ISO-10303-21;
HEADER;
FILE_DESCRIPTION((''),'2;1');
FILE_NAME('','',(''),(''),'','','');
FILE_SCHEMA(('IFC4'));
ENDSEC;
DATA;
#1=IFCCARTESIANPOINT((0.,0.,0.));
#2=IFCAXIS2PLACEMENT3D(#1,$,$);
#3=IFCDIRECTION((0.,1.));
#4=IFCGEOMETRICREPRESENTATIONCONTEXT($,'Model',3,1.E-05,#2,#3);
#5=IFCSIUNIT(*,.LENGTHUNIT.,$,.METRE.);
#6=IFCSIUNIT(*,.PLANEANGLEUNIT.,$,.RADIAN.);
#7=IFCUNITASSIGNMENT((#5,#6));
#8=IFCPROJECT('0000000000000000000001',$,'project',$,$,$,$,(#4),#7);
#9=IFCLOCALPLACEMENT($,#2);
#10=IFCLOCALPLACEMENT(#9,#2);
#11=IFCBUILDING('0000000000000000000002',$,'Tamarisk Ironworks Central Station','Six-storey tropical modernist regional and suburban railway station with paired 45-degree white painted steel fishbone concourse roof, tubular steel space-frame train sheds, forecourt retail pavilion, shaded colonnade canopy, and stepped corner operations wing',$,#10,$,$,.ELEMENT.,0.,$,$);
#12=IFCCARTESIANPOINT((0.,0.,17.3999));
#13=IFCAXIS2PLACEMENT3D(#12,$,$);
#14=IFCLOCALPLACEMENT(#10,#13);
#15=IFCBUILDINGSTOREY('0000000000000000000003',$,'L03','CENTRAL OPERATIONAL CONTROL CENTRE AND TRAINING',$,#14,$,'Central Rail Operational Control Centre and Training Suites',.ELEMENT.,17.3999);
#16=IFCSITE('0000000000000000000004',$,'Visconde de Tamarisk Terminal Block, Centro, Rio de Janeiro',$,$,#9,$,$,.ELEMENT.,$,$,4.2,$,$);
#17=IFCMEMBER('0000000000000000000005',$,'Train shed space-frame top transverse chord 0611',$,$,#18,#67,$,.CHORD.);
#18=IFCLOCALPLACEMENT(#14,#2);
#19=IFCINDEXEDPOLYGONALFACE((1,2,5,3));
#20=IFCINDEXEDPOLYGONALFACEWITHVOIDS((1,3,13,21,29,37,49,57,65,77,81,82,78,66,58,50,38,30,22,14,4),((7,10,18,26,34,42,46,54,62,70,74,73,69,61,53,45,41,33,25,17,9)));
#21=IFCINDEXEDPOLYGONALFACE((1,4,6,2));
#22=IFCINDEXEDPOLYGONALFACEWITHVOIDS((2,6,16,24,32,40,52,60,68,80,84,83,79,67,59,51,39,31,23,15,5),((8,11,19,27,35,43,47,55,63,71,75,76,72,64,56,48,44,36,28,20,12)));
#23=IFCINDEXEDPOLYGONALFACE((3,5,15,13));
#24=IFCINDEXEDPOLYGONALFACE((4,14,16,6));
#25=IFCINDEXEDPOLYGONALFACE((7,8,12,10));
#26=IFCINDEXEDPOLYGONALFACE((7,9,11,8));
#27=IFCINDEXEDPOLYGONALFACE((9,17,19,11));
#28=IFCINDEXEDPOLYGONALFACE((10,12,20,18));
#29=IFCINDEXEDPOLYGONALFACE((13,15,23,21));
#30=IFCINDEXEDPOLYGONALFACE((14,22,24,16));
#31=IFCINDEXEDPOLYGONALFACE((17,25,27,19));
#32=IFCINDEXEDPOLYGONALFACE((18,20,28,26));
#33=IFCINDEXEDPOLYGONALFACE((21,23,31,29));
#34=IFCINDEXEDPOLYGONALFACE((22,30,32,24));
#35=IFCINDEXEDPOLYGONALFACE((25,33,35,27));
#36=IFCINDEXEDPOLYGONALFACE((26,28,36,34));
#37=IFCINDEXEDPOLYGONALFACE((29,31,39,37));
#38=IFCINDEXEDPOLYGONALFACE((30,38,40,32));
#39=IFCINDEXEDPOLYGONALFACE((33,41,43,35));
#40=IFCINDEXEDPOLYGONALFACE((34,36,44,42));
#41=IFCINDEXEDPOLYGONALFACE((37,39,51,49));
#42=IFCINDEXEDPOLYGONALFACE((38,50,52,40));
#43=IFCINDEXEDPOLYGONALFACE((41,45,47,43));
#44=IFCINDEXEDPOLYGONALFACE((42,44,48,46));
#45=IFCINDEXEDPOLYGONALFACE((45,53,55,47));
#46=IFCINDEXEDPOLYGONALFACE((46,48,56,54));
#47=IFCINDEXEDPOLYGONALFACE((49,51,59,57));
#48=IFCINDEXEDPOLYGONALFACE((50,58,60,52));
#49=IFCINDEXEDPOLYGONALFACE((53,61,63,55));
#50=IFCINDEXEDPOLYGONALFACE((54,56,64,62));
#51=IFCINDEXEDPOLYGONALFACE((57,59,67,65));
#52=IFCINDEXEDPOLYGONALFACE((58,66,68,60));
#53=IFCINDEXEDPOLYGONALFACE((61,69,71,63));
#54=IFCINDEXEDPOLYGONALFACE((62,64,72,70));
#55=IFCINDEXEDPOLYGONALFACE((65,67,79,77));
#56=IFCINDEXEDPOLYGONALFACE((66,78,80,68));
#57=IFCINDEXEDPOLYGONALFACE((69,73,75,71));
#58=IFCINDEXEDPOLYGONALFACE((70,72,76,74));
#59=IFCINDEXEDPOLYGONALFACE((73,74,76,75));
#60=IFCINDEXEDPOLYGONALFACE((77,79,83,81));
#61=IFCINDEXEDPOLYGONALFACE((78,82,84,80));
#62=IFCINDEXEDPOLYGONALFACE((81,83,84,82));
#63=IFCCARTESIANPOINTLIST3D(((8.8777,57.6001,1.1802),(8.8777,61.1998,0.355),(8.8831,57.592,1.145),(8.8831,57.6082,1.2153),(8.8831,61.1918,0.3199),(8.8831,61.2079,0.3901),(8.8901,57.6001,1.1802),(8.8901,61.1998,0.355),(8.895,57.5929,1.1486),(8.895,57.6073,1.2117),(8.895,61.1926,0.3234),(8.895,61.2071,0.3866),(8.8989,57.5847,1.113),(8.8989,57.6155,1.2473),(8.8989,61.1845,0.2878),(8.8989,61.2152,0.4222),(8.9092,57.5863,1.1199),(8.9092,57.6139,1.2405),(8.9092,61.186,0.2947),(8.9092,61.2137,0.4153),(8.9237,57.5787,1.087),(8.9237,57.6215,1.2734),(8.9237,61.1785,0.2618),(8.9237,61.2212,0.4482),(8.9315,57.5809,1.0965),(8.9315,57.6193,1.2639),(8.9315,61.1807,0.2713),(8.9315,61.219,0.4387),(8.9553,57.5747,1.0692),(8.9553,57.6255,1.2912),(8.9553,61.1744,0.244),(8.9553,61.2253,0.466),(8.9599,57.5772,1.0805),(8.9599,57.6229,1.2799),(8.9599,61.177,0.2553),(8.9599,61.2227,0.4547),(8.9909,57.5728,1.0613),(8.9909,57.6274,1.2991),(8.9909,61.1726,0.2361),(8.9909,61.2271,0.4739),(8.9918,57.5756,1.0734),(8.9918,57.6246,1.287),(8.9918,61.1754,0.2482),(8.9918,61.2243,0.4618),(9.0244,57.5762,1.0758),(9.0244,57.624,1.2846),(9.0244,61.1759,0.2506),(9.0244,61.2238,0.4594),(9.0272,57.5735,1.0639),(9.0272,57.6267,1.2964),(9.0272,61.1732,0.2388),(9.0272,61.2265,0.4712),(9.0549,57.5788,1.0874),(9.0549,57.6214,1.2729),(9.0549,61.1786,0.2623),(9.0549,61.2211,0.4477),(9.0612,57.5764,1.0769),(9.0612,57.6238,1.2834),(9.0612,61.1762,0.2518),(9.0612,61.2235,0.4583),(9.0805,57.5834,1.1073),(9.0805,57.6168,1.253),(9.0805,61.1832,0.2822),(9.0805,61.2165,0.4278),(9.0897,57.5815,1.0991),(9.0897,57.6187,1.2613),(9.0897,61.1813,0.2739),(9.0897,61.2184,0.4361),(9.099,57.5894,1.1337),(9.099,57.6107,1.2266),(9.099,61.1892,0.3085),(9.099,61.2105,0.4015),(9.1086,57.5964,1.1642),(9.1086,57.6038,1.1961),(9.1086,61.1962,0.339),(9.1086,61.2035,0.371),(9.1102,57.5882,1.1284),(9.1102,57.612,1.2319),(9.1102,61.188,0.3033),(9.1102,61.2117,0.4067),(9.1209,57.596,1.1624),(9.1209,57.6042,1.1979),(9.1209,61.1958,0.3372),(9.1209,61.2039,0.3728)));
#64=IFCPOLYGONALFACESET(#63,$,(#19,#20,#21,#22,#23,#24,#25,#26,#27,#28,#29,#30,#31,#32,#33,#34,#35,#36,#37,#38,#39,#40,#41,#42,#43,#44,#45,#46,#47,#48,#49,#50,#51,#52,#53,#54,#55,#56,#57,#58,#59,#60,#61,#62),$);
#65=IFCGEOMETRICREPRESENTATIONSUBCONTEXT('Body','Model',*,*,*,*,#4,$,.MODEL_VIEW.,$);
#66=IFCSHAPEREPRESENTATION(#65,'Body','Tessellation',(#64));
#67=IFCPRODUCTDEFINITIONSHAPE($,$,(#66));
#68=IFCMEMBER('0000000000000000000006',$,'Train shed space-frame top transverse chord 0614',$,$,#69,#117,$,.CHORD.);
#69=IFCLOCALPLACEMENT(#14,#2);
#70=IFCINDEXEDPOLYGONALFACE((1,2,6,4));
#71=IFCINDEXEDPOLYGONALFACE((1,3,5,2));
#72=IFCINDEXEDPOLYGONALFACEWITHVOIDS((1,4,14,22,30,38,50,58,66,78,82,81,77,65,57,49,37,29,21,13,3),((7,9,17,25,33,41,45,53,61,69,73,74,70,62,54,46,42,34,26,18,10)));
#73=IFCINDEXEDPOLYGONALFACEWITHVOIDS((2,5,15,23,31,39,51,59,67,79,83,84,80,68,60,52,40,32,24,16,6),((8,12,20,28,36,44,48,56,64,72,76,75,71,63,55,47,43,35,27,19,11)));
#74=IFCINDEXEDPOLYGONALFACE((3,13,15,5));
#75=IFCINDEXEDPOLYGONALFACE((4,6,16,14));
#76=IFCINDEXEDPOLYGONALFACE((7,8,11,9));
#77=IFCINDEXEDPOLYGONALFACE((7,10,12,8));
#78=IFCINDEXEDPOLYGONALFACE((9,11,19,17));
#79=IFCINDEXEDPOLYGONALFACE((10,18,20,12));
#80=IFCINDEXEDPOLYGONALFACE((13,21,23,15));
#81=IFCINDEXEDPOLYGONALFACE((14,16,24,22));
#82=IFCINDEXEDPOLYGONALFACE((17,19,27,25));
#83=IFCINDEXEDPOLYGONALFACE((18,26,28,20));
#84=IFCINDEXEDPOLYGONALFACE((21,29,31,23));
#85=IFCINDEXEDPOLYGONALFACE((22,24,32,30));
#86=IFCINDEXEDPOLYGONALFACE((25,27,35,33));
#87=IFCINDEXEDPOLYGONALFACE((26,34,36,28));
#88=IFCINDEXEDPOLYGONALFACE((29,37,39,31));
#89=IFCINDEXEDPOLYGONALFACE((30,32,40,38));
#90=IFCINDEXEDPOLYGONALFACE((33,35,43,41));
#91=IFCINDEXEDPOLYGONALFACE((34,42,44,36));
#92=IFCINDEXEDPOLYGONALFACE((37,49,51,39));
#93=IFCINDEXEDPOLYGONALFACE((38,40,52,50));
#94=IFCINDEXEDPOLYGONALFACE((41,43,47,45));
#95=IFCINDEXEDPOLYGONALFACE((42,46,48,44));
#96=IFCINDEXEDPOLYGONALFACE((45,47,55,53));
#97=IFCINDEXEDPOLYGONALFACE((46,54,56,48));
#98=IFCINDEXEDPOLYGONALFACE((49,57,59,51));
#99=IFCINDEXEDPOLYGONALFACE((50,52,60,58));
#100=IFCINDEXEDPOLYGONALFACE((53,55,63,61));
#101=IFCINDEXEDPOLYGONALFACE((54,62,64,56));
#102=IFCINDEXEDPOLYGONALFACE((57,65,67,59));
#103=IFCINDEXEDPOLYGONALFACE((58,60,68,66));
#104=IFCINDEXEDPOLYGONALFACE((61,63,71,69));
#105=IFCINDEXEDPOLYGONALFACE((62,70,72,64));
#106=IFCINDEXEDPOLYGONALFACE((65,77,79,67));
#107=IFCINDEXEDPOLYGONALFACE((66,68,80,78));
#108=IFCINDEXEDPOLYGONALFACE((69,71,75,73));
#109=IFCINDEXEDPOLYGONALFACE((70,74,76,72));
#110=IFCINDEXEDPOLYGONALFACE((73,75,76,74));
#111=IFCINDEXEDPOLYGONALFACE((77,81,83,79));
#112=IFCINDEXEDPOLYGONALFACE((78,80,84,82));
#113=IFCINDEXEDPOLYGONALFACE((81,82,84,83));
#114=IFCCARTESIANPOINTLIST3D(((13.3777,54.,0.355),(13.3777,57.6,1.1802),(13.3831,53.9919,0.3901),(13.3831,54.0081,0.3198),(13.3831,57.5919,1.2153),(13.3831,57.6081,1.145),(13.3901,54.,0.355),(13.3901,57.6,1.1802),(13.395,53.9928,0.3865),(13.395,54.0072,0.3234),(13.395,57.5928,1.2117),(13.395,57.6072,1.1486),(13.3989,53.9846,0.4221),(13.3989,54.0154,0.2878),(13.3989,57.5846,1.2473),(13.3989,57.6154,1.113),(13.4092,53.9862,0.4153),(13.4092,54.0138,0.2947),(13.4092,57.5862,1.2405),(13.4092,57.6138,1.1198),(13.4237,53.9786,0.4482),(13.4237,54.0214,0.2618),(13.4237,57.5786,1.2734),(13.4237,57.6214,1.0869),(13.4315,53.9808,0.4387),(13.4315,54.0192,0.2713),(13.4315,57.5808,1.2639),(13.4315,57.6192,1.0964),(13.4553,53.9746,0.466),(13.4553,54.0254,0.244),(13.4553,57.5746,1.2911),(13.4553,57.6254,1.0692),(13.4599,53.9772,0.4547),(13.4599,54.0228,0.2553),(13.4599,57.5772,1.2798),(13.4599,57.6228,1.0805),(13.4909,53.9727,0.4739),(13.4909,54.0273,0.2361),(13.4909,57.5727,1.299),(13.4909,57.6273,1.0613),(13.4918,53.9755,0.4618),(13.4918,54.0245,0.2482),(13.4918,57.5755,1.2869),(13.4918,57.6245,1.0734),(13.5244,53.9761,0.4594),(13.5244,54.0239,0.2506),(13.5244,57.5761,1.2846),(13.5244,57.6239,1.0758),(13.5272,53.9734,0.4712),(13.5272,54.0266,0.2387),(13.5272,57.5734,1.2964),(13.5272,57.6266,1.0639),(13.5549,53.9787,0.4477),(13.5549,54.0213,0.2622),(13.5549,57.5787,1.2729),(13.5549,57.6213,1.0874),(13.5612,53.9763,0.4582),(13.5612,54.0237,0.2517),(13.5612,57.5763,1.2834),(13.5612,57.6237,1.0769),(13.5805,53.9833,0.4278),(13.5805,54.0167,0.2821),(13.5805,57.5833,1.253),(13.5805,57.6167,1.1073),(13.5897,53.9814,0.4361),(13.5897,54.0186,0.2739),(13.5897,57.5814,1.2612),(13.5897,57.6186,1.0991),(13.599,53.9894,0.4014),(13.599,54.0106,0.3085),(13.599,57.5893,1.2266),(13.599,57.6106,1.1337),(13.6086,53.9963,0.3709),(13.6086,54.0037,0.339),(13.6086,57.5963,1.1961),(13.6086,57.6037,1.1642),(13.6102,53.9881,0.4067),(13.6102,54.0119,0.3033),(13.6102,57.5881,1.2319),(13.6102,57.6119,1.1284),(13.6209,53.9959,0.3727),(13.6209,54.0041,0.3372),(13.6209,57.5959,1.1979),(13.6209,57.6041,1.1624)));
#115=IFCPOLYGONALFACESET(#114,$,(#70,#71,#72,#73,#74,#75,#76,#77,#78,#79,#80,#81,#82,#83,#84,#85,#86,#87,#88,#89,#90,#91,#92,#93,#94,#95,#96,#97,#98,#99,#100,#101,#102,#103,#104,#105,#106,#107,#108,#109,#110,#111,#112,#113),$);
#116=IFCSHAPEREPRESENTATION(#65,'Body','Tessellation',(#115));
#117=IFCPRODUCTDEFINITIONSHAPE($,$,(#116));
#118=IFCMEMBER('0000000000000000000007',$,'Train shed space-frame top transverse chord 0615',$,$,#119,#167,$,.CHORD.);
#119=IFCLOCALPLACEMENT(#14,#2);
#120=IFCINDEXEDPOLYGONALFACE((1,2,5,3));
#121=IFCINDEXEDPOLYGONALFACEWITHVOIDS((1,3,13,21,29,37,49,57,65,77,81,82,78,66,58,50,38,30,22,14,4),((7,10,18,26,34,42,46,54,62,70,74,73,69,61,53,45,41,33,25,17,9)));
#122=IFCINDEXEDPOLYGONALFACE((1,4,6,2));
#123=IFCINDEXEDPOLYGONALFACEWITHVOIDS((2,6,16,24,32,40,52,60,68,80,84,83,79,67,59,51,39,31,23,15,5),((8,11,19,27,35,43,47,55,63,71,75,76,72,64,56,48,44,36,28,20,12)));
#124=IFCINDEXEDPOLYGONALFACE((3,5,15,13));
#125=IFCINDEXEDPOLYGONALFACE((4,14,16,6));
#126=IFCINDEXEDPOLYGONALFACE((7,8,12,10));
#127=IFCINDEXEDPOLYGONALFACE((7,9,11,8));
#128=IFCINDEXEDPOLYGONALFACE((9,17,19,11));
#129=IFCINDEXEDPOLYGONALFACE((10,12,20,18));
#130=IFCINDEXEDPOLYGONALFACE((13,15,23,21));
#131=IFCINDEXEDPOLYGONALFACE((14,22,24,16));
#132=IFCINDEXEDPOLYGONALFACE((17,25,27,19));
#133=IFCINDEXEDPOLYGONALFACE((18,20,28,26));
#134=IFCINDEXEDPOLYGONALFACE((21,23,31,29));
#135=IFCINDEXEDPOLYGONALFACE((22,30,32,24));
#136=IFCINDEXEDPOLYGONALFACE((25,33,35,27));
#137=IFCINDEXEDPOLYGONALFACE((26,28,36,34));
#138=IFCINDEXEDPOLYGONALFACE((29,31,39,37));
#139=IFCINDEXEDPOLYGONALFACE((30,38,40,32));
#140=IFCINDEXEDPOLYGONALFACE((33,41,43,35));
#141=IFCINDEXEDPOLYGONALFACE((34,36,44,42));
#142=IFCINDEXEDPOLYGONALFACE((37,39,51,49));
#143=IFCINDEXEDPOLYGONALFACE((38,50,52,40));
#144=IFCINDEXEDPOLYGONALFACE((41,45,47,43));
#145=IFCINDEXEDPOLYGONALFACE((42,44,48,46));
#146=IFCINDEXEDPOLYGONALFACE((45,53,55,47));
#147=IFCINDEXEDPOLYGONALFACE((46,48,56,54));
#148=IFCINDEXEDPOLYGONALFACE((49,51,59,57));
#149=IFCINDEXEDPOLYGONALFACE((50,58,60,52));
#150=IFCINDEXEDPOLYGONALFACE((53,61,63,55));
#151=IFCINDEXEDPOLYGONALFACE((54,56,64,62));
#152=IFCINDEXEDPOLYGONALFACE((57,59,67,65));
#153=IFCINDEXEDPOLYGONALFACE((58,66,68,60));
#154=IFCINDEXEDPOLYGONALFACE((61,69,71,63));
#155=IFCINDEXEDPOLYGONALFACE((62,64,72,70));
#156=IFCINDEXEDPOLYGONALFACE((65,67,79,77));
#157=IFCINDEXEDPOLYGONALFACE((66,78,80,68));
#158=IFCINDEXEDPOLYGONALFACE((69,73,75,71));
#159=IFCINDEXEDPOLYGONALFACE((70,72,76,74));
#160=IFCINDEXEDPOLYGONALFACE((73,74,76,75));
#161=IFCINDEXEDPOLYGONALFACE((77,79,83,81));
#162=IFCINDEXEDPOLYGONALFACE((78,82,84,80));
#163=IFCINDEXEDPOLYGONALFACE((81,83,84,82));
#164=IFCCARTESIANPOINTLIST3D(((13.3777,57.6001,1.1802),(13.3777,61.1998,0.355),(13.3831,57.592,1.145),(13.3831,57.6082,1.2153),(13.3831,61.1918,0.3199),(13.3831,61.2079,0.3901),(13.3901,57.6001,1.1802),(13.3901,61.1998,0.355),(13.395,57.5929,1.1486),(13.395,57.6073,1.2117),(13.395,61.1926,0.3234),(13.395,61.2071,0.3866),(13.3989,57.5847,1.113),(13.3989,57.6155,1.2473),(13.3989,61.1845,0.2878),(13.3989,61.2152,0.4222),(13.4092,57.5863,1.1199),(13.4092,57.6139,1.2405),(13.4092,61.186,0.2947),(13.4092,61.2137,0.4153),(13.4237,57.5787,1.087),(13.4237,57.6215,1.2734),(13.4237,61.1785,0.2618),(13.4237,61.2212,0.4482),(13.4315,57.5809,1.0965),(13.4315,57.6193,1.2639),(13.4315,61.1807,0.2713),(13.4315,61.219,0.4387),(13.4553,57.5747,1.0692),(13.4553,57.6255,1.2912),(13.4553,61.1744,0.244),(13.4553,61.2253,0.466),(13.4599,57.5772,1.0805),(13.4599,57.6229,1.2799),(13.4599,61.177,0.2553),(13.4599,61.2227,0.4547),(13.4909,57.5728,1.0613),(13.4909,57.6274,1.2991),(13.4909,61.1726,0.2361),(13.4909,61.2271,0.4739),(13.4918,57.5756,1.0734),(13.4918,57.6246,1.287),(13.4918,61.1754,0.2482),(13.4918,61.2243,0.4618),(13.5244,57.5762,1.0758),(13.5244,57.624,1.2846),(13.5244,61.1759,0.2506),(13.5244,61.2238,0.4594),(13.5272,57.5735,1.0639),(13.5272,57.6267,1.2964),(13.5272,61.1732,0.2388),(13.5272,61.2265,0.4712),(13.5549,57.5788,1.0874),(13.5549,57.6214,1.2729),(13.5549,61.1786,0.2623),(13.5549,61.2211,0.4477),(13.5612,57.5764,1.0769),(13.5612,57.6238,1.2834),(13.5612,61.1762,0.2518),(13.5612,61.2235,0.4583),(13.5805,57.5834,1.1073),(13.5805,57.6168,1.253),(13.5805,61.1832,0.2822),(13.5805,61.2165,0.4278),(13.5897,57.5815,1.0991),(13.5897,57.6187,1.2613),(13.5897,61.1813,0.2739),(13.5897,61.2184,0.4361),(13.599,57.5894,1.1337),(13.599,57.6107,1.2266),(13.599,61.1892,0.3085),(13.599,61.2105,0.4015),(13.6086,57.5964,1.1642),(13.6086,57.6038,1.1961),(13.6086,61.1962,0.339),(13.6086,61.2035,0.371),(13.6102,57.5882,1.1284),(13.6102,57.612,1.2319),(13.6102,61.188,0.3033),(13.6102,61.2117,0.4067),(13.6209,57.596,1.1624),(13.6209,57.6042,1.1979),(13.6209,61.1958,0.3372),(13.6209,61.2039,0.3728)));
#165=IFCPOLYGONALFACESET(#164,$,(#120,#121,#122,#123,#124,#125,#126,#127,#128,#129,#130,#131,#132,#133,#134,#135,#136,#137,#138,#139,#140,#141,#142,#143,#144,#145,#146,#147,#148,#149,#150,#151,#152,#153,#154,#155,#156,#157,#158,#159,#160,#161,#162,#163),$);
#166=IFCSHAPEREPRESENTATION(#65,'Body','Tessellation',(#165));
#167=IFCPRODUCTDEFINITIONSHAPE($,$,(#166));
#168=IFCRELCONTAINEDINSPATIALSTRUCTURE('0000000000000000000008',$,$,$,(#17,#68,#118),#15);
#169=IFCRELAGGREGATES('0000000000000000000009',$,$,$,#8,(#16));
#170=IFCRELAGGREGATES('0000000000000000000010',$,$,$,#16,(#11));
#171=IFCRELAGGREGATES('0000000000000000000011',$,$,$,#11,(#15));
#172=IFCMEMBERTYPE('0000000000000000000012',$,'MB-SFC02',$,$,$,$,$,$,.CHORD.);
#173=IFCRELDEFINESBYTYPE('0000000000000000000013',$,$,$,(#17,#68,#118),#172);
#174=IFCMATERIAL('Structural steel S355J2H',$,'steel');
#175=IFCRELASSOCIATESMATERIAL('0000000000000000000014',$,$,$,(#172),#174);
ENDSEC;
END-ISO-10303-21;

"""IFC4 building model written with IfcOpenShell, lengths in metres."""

from ifc_helpers import new_model, si_unit, direction, frame, origin, origin_2d, place, context, subcontext, project, spatial, hollow_circle, extrude, material, material_profile, profile_set, type_object, element, save


model = new_model("IFC4")

# Units and contexts
model_context = context("Model", 3, precision=1e-05, world=origin(), true_north=direction((0.0, 1.0)))
body_context = subcontext(model_context, "Body", "Model", "MODEL_VIEW")
ifc_project = project(units=[si_unit("LENGTHUNIT", "METRE"), si_unit("PLANEANGLEUNIT", "RADIAN")], contexts=[model_context])

# Site, building, storey
site_placement = place(None, origin())
site = spatial("IfcSite", under=ifc_project, at=site_placement, Name="Visconde de Tamarisk Terminal Block, Centro, Rio de Janeiro", CompositionType="ELEMENT", RefElevation=4.2)
building_placement = place(site_placement, origin())
building = spatial("IfcBuilding", under=site, at=building_placement, Name="Tamarisk Ironworks Central Station", Description="Six-storey tropical modernist regional and suburban railway station with paired 45-degree white painted steel fishbone concourse roof, tubular steel space-frame train sheds, forecourt retail pavilion, shaded colonnade canopy, and stepped corner operations wing", CompositionType="ELEMENT", ElevationOfRefHeight=0.0)
storey_placement = place(building_placement, frame((0.0, 0.0, 17.3999)))
storey = spatial("IfcBuildingStorey", under=building, at=storey_placement, Name="L03", Description="CENTRAL OPERATIONAL CONTROL CENTRE AND TRAINING", LongName="Central Rail Operational Control Centre and Training Suites", CompositionType="ELEMENT", Elevation=17.3999)

# Members
ifc_material_1 = material(Name="Structural steel S355J2H", Category="steel")
ifc_material_profile_1 = material_profile(ifc_material_1, hollow_circle(Radius=0.1223, WallThickness=0.0125, at=origin_2d()), Name="CHS 244.5x12.5")
ifc_profile_set_1 = profile_set([ifc_material_profile_1], Name="Structural steel S355J2H")
member_type_1 = type_object("IfcMemberType", Name="MB-SFC02", PredefinedType="CHORD", material=ifc_profile_set_1)
member_1_placement = place(storey_placement, frame((9.0, 57.6001, 1.1802), z_axis=(0.0, 0.974719, -0.223435), x_axis=(-1.0, 0.0, 0.0)))
element("IfcMember", 1, at=member_1_placement, inside=storey, type_object=member_type_1, Name="Train shed space-frame top transverse chord 0611", PredefinedType="CHORD", context=body_context, shape_type="SweptSolid", body=[
    extrude(hollow_circle(Radius=0.1223, WallThickness=0.0125, at=origin_2d()), origin(), (0.0, 0.0, 1.0), 3.6931),
])
member_2_placement = place(storey_placement, frame((13.5, 54.0, 0.355), z_axis=(0.0, 0.974722, 0.223421), x_axis=(-1.0, 0.0, 0.0)))
element("IfcMember", 2, at=member_2_placement, inside=storey, type_object=member_type_1, Name="Train shed space-frame top transverse chord 0614", PredefinedType="CHORD", context=body_context, shape_type="SweptSolid", body=[
    extrude(hollow_circle(Radius=0.1223, WallThickness=0.0125, at=origin_2d()), origin(), (0.0, 0.0, 1.0), 3.6934),
])
member_3_placement = place(storey_placement, frame((13.5, 57.6001, 1.1802), z_axis=(0.0, 0.974719, -0.223435), x_axis=(-1.0, 0.0, 0.0)))
element("IfcMember", 3, at=member_3_placement, inside=storey, type_object=member_type_1, Name="Train shed space-frame top transverse chord 0615", PredefinedType="CHORD", context=body_context, shape_type="SweptSolid", body=[
    extrude(hollow_circle(Radius=0.1223, WallThickness=0.0125, at=origin_2d()), origin(), (0.0, 0.0, 1.0), 3.6931),
])

save(model, "model.ifc")
